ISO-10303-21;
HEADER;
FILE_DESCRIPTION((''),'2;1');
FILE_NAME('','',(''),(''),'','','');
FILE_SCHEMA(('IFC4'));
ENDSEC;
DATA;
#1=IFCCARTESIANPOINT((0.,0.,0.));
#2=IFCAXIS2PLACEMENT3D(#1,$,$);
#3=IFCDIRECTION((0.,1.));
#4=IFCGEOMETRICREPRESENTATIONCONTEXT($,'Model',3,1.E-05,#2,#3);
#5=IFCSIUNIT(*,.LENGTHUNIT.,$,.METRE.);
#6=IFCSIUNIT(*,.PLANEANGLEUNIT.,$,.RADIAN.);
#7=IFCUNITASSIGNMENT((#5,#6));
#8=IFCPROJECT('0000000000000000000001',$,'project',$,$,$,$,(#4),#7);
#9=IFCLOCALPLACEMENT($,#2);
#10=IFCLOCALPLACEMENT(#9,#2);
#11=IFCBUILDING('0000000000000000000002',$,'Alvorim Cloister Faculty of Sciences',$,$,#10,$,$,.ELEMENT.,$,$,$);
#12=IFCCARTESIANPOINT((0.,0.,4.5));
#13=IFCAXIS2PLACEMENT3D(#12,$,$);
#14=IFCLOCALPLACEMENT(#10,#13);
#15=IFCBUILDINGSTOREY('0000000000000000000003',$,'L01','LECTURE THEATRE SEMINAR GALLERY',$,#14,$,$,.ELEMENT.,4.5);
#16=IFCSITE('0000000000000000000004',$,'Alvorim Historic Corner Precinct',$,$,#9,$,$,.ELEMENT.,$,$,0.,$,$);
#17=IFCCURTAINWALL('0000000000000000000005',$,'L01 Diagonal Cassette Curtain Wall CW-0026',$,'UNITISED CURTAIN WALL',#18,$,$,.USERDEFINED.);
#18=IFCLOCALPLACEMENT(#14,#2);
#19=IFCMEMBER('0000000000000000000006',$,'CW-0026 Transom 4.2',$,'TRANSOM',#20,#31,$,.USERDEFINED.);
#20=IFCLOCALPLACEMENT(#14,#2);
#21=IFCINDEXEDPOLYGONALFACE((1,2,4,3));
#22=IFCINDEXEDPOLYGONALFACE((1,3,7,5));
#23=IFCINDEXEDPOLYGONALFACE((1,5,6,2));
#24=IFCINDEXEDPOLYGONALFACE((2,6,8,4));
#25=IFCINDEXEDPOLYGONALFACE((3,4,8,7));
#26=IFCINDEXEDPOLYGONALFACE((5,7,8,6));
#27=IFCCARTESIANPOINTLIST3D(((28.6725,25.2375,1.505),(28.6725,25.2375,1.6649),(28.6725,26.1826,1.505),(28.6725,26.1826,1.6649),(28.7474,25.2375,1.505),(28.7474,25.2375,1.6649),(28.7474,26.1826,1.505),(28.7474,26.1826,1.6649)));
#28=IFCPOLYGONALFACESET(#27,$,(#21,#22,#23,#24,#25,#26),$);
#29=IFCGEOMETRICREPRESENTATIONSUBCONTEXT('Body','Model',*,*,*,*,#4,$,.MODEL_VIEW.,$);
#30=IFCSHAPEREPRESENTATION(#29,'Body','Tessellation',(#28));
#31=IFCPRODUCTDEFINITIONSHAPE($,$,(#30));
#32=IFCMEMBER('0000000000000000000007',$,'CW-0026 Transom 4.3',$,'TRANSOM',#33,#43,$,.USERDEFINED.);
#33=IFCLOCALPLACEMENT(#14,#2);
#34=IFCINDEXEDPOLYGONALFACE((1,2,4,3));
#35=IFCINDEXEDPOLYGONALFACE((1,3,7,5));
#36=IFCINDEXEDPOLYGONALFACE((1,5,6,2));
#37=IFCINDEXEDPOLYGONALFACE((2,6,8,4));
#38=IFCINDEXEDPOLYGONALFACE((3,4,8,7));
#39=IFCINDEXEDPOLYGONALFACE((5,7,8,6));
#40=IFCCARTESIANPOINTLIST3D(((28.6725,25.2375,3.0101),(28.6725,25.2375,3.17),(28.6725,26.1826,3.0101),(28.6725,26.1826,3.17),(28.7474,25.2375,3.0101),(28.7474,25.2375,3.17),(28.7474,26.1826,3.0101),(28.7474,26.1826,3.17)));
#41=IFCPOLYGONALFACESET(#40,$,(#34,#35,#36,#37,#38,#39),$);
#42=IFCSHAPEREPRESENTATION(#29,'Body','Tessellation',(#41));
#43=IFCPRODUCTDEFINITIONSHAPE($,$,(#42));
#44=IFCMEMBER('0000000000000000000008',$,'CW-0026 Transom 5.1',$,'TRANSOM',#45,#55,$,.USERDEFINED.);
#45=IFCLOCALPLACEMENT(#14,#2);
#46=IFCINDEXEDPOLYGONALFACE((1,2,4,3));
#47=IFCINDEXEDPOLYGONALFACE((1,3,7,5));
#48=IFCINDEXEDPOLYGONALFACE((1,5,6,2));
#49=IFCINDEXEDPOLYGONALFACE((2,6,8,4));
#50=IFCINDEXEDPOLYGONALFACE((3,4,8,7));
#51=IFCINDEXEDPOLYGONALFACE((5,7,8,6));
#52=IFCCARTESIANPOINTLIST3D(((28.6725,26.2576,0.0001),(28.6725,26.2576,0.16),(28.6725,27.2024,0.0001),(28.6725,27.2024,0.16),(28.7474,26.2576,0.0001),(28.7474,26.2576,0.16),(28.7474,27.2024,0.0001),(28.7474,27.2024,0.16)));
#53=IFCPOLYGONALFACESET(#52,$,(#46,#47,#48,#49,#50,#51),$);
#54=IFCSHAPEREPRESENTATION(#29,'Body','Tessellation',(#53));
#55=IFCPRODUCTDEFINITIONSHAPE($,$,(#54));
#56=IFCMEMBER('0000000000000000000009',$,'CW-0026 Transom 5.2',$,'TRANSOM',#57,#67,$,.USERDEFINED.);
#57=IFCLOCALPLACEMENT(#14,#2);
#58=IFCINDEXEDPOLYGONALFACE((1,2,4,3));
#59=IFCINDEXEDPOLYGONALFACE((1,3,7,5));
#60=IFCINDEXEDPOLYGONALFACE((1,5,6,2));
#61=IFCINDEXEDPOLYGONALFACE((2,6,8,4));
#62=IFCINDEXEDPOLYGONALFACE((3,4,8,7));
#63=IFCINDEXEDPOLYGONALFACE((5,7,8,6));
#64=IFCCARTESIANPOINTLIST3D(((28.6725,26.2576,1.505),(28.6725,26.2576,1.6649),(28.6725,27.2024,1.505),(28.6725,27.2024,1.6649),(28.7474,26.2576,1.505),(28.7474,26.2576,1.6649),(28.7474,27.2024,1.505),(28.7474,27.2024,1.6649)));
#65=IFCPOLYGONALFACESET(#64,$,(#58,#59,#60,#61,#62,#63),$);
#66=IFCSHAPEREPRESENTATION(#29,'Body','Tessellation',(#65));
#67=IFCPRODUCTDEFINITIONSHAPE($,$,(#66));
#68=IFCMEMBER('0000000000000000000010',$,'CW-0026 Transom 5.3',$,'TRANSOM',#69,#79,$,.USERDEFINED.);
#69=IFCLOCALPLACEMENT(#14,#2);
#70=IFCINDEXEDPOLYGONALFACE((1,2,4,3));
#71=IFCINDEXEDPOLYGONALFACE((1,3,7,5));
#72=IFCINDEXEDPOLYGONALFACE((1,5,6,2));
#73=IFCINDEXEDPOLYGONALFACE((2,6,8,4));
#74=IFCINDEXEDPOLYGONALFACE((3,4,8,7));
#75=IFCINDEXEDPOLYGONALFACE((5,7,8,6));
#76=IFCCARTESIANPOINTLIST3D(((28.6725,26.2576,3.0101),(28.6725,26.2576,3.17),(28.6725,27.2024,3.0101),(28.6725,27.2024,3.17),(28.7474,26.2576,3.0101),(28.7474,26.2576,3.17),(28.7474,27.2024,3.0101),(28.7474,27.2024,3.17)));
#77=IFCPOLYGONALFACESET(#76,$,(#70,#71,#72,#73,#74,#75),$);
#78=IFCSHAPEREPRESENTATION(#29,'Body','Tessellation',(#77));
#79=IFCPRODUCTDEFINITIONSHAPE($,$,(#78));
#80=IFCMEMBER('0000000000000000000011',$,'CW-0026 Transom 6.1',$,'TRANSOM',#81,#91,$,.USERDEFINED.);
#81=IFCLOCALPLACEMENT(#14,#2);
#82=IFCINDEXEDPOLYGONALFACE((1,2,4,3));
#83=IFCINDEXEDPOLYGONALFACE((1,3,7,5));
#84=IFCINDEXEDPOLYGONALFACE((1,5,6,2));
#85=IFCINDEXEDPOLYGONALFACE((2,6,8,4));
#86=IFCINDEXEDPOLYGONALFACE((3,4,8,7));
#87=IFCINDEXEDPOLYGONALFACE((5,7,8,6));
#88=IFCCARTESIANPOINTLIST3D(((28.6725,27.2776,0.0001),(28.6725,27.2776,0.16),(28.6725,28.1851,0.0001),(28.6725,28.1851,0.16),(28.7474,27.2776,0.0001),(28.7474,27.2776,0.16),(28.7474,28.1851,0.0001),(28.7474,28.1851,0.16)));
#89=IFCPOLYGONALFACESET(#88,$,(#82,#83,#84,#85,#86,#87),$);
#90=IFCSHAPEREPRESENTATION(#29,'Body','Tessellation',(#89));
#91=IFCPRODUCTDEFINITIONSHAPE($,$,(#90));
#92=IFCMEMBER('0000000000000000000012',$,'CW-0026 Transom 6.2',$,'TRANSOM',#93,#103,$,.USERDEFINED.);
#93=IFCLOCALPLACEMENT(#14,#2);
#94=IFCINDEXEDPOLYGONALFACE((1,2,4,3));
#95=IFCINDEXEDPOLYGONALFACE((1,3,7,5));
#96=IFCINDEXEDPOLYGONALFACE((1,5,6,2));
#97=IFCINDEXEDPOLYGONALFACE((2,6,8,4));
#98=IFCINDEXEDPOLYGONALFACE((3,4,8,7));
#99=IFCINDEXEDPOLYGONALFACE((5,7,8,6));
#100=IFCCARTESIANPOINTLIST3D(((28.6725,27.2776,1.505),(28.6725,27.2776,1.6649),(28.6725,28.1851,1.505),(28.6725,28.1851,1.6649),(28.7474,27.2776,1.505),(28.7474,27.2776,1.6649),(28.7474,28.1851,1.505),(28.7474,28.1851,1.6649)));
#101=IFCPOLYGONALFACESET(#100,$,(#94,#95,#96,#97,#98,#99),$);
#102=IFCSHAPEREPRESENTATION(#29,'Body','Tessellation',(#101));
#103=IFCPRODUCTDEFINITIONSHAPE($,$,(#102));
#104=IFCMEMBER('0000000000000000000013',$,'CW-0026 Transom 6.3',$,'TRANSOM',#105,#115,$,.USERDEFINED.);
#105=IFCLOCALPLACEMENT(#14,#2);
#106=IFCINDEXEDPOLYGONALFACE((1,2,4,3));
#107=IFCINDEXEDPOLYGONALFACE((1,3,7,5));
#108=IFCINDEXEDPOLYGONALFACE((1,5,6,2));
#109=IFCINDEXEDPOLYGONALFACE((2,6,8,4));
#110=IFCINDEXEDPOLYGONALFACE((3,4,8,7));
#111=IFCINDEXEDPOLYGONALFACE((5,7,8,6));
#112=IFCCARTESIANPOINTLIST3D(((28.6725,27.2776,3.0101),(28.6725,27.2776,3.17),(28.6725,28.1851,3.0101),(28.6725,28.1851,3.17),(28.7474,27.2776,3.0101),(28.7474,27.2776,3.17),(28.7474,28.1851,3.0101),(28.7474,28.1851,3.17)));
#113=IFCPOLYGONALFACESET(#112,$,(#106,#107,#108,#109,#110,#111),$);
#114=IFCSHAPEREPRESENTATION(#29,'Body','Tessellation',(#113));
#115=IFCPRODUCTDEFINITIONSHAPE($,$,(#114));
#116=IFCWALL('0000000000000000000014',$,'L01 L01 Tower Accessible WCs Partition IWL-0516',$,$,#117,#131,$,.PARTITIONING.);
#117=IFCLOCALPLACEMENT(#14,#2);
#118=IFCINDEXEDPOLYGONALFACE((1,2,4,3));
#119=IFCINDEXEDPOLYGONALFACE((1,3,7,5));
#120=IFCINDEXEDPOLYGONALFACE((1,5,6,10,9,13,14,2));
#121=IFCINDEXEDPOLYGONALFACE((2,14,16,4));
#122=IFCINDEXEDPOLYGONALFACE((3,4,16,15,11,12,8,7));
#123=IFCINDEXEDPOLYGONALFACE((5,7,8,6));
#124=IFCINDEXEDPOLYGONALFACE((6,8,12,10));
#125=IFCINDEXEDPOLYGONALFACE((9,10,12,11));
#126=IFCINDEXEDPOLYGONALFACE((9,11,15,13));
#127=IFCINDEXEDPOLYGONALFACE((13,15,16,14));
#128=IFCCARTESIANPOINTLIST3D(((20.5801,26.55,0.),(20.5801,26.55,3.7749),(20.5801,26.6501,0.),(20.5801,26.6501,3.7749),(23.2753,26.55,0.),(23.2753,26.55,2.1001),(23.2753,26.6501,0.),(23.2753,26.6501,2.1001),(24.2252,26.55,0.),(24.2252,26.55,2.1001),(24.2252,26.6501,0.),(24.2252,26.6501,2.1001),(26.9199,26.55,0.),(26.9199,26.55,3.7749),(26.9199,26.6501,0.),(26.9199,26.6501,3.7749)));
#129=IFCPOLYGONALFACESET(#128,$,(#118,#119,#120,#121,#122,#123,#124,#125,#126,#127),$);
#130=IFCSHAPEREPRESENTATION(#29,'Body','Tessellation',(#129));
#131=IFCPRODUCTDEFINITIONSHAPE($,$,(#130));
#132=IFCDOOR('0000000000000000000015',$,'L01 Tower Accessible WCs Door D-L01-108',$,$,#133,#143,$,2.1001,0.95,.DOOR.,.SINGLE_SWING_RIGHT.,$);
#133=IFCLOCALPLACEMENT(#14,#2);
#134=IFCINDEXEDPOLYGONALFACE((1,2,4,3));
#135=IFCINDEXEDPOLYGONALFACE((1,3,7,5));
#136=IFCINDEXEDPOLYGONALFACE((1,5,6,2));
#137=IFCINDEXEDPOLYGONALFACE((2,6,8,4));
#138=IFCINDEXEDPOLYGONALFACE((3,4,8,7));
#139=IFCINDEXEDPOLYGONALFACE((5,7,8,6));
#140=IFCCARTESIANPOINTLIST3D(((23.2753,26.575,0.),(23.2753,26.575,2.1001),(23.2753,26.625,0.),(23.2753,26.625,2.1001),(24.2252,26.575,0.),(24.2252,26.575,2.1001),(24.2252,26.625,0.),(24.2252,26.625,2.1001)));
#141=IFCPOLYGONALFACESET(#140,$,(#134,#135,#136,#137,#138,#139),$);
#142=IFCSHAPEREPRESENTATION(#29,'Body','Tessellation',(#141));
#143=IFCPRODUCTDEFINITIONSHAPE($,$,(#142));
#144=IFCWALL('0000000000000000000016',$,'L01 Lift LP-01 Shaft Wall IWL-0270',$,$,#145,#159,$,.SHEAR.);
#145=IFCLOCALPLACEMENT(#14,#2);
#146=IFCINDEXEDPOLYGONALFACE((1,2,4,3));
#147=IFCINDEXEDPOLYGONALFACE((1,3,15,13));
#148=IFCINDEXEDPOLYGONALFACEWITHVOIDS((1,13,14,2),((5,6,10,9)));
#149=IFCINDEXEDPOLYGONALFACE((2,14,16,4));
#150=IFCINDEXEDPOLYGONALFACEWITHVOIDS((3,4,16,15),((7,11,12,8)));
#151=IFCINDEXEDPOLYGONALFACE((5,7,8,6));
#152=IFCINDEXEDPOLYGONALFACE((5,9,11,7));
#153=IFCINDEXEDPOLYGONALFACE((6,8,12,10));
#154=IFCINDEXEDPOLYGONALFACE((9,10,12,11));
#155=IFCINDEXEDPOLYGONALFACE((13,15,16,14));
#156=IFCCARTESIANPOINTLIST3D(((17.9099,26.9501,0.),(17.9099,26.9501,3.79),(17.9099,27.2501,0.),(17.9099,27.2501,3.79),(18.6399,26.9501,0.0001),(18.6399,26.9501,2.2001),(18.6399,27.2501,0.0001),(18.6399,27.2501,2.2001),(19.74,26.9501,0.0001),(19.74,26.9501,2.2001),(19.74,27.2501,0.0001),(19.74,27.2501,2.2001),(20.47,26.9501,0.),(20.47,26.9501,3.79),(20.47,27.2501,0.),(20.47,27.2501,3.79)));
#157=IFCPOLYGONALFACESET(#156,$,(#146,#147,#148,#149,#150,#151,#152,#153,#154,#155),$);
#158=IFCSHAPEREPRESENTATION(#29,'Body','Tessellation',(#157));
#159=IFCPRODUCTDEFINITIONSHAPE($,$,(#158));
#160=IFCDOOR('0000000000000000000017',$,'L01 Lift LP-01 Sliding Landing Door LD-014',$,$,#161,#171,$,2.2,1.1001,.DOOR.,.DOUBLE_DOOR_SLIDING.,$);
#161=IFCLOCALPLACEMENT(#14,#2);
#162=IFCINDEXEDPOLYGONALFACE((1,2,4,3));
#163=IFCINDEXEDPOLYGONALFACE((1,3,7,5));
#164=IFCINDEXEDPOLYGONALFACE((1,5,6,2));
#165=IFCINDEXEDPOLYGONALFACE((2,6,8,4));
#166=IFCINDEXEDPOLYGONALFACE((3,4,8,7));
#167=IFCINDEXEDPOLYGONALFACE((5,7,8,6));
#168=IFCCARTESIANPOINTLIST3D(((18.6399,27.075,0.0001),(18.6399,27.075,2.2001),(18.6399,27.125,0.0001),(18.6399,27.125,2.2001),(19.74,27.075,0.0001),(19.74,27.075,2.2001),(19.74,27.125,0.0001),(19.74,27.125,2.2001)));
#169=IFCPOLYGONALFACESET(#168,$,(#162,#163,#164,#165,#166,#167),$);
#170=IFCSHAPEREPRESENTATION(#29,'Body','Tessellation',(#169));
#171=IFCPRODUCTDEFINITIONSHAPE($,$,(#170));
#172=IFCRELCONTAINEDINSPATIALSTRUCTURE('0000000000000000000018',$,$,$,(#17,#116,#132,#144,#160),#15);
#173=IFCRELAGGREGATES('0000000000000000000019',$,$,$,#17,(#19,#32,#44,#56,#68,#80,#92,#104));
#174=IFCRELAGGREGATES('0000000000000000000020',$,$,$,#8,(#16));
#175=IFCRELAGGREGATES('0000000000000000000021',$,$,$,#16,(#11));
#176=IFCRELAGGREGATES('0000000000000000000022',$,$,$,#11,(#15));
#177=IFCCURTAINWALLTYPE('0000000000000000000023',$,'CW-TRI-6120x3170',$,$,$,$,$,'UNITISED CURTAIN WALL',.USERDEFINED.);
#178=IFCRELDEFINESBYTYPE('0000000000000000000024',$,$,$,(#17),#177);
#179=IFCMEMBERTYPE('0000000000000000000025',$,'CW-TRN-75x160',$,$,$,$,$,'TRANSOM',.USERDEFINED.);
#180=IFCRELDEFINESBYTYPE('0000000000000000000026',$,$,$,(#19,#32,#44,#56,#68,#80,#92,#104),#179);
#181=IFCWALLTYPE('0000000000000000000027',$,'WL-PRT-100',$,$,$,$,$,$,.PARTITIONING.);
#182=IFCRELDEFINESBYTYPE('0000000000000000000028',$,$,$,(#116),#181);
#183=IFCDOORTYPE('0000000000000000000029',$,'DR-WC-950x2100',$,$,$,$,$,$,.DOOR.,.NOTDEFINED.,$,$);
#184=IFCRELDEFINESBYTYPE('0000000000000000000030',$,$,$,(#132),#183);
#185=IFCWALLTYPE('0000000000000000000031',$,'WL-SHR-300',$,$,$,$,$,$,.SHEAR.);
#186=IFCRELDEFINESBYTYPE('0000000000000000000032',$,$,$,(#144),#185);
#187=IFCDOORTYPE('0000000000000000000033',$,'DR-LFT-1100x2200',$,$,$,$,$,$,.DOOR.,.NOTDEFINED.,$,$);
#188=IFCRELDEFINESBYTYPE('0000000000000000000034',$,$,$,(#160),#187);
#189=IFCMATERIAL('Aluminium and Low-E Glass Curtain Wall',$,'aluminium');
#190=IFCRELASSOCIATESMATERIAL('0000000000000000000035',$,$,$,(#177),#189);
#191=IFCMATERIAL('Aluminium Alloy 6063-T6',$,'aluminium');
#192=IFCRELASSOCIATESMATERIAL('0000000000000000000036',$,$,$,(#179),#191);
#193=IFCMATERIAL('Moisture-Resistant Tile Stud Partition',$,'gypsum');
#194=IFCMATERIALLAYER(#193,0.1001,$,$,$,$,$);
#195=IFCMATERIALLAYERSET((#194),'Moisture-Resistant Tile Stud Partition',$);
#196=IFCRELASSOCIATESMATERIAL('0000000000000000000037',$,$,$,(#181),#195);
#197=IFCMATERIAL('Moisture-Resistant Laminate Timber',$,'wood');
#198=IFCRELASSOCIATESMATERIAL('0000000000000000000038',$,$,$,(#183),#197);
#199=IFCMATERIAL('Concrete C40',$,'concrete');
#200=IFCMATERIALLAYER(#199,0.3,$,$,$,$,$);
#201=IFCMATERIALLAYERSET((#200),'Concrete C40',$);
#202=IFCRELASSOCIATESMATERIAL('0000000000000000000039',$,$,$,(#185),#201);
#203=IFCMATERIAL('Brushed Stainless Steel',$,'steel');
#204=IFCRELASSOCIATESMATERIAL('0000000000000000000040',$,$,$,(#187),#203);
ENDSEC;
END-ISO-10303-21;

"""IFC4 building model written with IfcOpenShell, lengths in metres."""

from ifc_helpers import new_model, si_unit, direction, frame, frame_2d, origin, origin_2d, place, context, subcontext, project, spatial, rectangle, extrude, material, layer, layer_set, material_profile, profile_set, type_object, element, fill, aggregate, save


model = new_model("IFC4")

# Units and contexts
model_context = context("Model", 3, precision=1e-05, world=origin(), true_north=direction((0.0, 1.0)))
body_context = subcontext(model_context, "Body", "Model", "MODEL_VIEW")
ifc_project = project(units=[si_unit("LENGTHUNIT", "METRE"), si_unit("PLANEANGLEUNIT", "RADIAN")], contexts=[model_context])

# Site, building, storey
site_placement = place(None, origin())
site = spatial("IfcSite", under=ifc_project, at=site_placement, Name="Alvorim Historic Corner Precinct", CompositionType="ELEMENT", RefElevation=0.0)
building_placement = place(site_placement, origin())
building = spatial("IfcBuilding", under=site, at=building_placement, Name="Alvorim Cloister Faculty of Sciences", CompositionType="ELEMENT")
storey_placement = place(building_placement, frame((0.0, 0.0, 4.5)))
storey = spatial("IfcBuildingStorey", under=building, at=storey_placement, Name="L01", Description="LECTURE THEATRE SEMINAR GALLERY", CompositionType="ELEMENT", Elevation=4.5)

# Shared definitions
ifc_material_1 = material(Name="Concrete C40", Category="concrete")

# Shared definitions
ifc_material_2 = material(Name="Aluminium and Low-E Glass Curtain Wall", Category="aluminium")
curtain_wall_type = type_object("IfcCurtainWallType", Name="CW-TRI-6120x3170", ElementType="UNITISED CURTAIN WALL", PredefinedType="USERDEFINED", material=ifc_material_2)
ifc_material_3 = material(Name="Aluminium Alloy 6063-T6", Category="aluminium")

# Curtain wall
curtain_wall_1_placement = place(storey_placement, origin())
curtain_wall_1 = element("IfcCurtainWall", 1, at=curtain_wall_1_placement, inside=storey, type_object=curtain_wall_type, Name="L01 Diagonal Cassette Curtain Wall CW-0026", ObjectType="UNITISED CURTAIN WALL", PredefinedType="USERDEFINED")

# Members
ifc_material_profile_1 = material_profile(ifc_material_3, rectangle(XDim=0.075, YDim=0.1599, at=origin_2d()), Name="ALU-TRN-75x160")
ifc_profile_set_1 = profile_set([ifc_material_profile_1], Name="Aluminium Alloy 6063-T6")
member_type_1 = type_object("IfcMemberType", Name="CW-TRN-75x160", ElementType="TRANSOM", PredefinedType="USERDEFINED", material=ifc_profile_set_1)
member_1_placement = place(storey_placement, frame((28.71, 25.2375, 1.585), z_axis=(0.0, 1.0, 0.0), x_axis=(-1.0, 0.0, 0.0)))
member_1 = element("IfcMember", 2, at=member_1_placement, type_object=member_type_1, Name="CW-0026 Transom 4.2", ObjectType="TRANSOM", PredefinedType="USERDEFINED", context=body_context, shape_type="SweptSolid", body=[
    extrude(rectangle(XDim=0.075, YDim=0.1599, at=origin_2d()), origin(), (0.0, 0.0, 1.0), 0.9451),
])
member_2_placement = place(storey_placement, frame((28.71, 25.2375, 3.0901), z_axis=(0.0, 1.0, 0.0), x_axis=(-1.0, 0.0, 0.0)))
member_2 = element("IfcMember", 3, at=member_2_placement, type_object=member_type_1, Name="CW-0026 Transom 4.3", ObjectType="TRANSOM", PredefinedType="USERDEFINED", context=body_context, shape_type="SweptSolid", body=[
    extrude(rectangle(XDim=0.075, YDim=0.1599, at=origin_2d()), origin(), (0.0, 0.0, 1.0), 0.9451),
])
member_3_placement = place(storey_placement, frame((28.71, 26.2576, 0.0801), z_axis=(0.0, 1.0, 0.0), x_axis=(-1.0, 0.0, 0.0)))
member_3 = element("IfcMember", 4, at=member_3_placement, type_object=member_type_1, Name="CW-0026 Transom 5.1", ObjectType="TRANSOM", PredefinedType="USERDEFINED", context=body_context, shape_type="SweptSolid", body=[
    extrude(rectangle(XDim=0.075, YDim=0.1599, at=origin_2d()), origin(), (0.0, 0.0, 1.0), 0.9448),
])
member_4_placement = place(storey_placement, frame((28.71, 26.2576, 1.585), z_axis=(0.0, 1.0, 0.0), x_axis=(-1.0, 0.0, 0.0)))
member_4 = element("IfcMember", 5, at=member_4_placement, type_object=member_type_1, Name="CW-0026 Transom 5.2", ObjectType="TRANSOM", PredefinedType="USERDEFINED", context=body_context, shape_type="SweptSolid", body=[
    extrude(rectangle(XDim=0.075, YDim=0.1599, at=origin_2d()), origin(), (0.0, 0.0, 1.0), 0.9448),
])
member_5_placement = place(storey_placement, frame((28.71, 26.2576, 3.0901), z_axis=(0.0, 1.0, 0.0), x_axis=(-1.0, 0.0, 0.0)))
member_5 = element("IfcMember", 6, at=member_5_placement, type_object=member_type_1, Name="CW-0026 Transom 5.3", ObjectType="TRANSOM", PredefinedType="USERDEFINED", context=body_context, shape_type="SweptSolid", body=[
    extrude(rectangle(XDim=0.075, YDim=0.1599, at=origin_2d()), origin(), (0.0, 0.0, 1.0), 0.9448),
])
member_6_placement = place(storey_placement, frame((28.71, 27.2776, 0.0801), z_axis=(0.0, 1.0, 0.0), x_axis=(-1.0, 0.0, 0.0)))
member_6 = element("IfcMember", 7, at=member_6_placement, type_object=member_type_1, Name="CW-0026 Transom 6.1", ObjectType="TRANSOM", PredefinedType="USERDEFINED", context=body_context, shape_type="SweptSolid", body=[
    extrude(rectangle(XDim=0.075, YDim=0.1599, at=origin_2d()), origin(), (0.0, 0.0, 1.0), 0.9075),
])
member_7_placement = place(storey_placement, frame((28.71, 27.2776, 1.585), z_axis=(0.0, 1.0, 0.0), x_axis=(-1.0, 0.0, 0.0)))
member_7 = element("IfcMember", 8, at=member_7_placement, type_object=member_type_1, Name="CW-0026 Transom 6.2", ObjectType="TRANSOM", PredefinedType="USERDEFINED", context=body_context, shape_type="SweptSolid", body=[
    extrude(rectangle(XDim=0.075, YDim=0.1599, at=origin_2d()), origin(), (0.0, 0.0, 1.0), 0.9075),
])
member_8_placement = place(storey_placement, frame((28.71, 27.2776, 3.0901), z_axis=(0.0, 1.0, 0.0), x_axis=(-1.0, 0.0, 0.0)))
member_8 = element("IfcMember", 9, at=member_8_placement, type_object=member_type_1, Name="CW-0026 Transom 6.3", ObjectType="TRANSOM", PredefinedType="USERDEFINED", context=body_context, shape_type="SweptSolid", body=[
    extrude(rectangle(XDim=0.075, YDim=0.1599, at=origin_2d()), origin(), (0.0, 0.0, 1.0), 0.9075),
])
aggregate(curtain_wall_1, [member_1, member_2, member_3, member_4, member_5, member_6, member_7, member_8])

# Walls, openings, doors
ifc_material_4 = material(Name="Moisture-Resistant Tile Stud Partition", Category="gypsum")
ifc_layer_1 = layer(ifc_material_4, 0.1001)
ifc_layer_set_1 = layer_set([ifc_layer_1], Name="Moisture-Resistant Tile Stud Partition")
wall_type_1 = type_object("IfcWallType", Name="WL-PRT-100", PredefinedType="PARTITIONING", material=ifc_layer_set_1)
wall_1_placement = place(storey_placement, frame((20.5801, 26.6001, 0.0), z_axis=(0.0, 0.0, 1.0), x_axis=(1.0, 0.0, 0.0)))
wall_1 = element("IfcWall", 10, at=wall_1_placement, inside=storey, type_object=wall_type_1, Name="L01 L01 Tower Accessible WCs Partition IWL-0516", PredefinedType="PARTITIONING", context=body_context, shape_type="SweptSolid", body=[
    extrude(rectangle(XDim=6.3398, YDim=0.1001, at=frame_2d((3.1699, 0.0))), origin(), (0.0, 0.0, 1.0), 3.7749),
])
opening_1_placement = place(wall_1_placement, frame((2.6951, 0.0, 0.0)))
opening_1 = element("IfcOpeningElement", 11, at=opening_1_placement, cuts=wall_1, PredefinedType="OPENING", context=body_context, shape_type="SweptSolid", body=[
    extrude(rectangle(XDim=0.95, YDim=2.1001, at=frame_2d((0.4751, 1.05))), frame((0.0, 0.062, 0.0), z_axis=(0.0, -1.0, 0.0), x_axis=(1.0, 0.0, 0.0)), (0.0, 0.0, 1.0), 0.124),
])
ifc_material_5 = material(Name="Moisture-Resistant Laminate Timber", Category="wood")
door_type_1 = type_object("IfcDoorType", Name="DR-WC-950x2100", OperationType="NOTDEFINED", PredefinedType="DOOR", material=ifc_material_5)
door_1_placement = place(opening_1_placement, origin())
door_1 = element("IfcDoor", 12, at=door_1_placement, inside=storey, type_object=door_type_1, Name="L01 Tower Accessible WCs Door D-L01-108", OperationType="SINGLE_SWING_RIGHT", OverallHeight=2.1001, OverallWidth=0.95, PredefinedType="DOOR", context=body_context, shape_type="SweptSolid", body=[
    extrude(rectangle(XDim=0.95, YDim=2.1001, at=frame_2d((0.4751, 1.05))), frame((0.0, 0.0249, 0.0), z_axis=(0.0, -1.0, 0.0), x_axis=(1.0, 0.0, 0.0)), (0.0, 0.0, 1.0), 0.05),
])
fill(opening_1, door_1)
ifc_layer_2 = layer(ifc_material_1, 0.3)
ifc_layer_set_2 = layer_set([ifc_layer_2], Name="Concrete C40")
wall_type_2 = type_object("IfcWallType", Name="WL-SHR-300", PredefinedType="SHEAR", material=ifc_layer_set_2)
wall_2_placement = place(storey_placement, frame((17.9099, 27.1001, 0.0), z_axis=(0.0, 0.0, 1.0), x_axis=(1.0, 0.0, 0.0)))
wall_2 = element("IfcWall", 13, at=wall_2_placement, inside=storey, type_object=wall_type_2, Name="L01 Lift LP-01 Shaft Wall IWL-0270", PredefinedType="SHEAR", context=body_context, shape_type="SweptSolid", body=[
    extrude(rectangle(XDim=2.5601, YDim=0.3, at=frame_2d((1.28, 0.0))), origin(), (0.0, 0.0, 1.0), 3.79),
])
opening_2_placement = place(wall_2_placement, frame((0.73, 0.0, 0.0)))
opening_2 = element("IfcOpeningElement", 14, at=opening_2_placement, cuts=wall_2, PredefinedType="OPENING", context=body_context, shape_type="SweptSolid", body=[
    extrude(rectangle(XDim=1.1001, YDim=2.2, at=frame_2d((0.55, 1.1001))), frame((0.0, 0.1621, 0.0), z_axis=(0.0, -1.0, 0.0), x_axis=(1.0, 0.0, 0.0)), (0.0, 0.0, 1.0), 0.324),
])
ifc_material_6 = material(Name="Brushed Stainless Steel", Category="steel")
door_type_2 = type_object("IfcDoorType", Name="DR-LFT-1100x2200", OperationType="NOTDEFINED", PredefinedType="DOOR", material=ifc_material_6)
door_2_placement = place(opening_2_placement, origin())
door_2 = element("IfcDoor", 15, at=door_2_placement, inside=storey, type_object=door_type_2, Name="L01 Lift LP-01 Sliding Landing Door LD-014", OperationType="DOUBLE_DOOR_SLIDING", OverallHeight=2.2, OverallWidth=1.1001, PredefinedType="DOOR", context=body_context, shape_type="SweptSolid", body=[
    extrude(rectangle(XDim=1.1001, YDim=2.2, at=frame_2d((0.55, 1.1001))), frame((0.0, 0.0249, 0.0), z_axis=(0.0, -1.0, 0.0), x_axis=(1.0, 0.0, 0.0)), (0.0, 0.0, 1.0), 0.05),
])
fill(opening_2, door_2)

save(model, "model.ifc")
